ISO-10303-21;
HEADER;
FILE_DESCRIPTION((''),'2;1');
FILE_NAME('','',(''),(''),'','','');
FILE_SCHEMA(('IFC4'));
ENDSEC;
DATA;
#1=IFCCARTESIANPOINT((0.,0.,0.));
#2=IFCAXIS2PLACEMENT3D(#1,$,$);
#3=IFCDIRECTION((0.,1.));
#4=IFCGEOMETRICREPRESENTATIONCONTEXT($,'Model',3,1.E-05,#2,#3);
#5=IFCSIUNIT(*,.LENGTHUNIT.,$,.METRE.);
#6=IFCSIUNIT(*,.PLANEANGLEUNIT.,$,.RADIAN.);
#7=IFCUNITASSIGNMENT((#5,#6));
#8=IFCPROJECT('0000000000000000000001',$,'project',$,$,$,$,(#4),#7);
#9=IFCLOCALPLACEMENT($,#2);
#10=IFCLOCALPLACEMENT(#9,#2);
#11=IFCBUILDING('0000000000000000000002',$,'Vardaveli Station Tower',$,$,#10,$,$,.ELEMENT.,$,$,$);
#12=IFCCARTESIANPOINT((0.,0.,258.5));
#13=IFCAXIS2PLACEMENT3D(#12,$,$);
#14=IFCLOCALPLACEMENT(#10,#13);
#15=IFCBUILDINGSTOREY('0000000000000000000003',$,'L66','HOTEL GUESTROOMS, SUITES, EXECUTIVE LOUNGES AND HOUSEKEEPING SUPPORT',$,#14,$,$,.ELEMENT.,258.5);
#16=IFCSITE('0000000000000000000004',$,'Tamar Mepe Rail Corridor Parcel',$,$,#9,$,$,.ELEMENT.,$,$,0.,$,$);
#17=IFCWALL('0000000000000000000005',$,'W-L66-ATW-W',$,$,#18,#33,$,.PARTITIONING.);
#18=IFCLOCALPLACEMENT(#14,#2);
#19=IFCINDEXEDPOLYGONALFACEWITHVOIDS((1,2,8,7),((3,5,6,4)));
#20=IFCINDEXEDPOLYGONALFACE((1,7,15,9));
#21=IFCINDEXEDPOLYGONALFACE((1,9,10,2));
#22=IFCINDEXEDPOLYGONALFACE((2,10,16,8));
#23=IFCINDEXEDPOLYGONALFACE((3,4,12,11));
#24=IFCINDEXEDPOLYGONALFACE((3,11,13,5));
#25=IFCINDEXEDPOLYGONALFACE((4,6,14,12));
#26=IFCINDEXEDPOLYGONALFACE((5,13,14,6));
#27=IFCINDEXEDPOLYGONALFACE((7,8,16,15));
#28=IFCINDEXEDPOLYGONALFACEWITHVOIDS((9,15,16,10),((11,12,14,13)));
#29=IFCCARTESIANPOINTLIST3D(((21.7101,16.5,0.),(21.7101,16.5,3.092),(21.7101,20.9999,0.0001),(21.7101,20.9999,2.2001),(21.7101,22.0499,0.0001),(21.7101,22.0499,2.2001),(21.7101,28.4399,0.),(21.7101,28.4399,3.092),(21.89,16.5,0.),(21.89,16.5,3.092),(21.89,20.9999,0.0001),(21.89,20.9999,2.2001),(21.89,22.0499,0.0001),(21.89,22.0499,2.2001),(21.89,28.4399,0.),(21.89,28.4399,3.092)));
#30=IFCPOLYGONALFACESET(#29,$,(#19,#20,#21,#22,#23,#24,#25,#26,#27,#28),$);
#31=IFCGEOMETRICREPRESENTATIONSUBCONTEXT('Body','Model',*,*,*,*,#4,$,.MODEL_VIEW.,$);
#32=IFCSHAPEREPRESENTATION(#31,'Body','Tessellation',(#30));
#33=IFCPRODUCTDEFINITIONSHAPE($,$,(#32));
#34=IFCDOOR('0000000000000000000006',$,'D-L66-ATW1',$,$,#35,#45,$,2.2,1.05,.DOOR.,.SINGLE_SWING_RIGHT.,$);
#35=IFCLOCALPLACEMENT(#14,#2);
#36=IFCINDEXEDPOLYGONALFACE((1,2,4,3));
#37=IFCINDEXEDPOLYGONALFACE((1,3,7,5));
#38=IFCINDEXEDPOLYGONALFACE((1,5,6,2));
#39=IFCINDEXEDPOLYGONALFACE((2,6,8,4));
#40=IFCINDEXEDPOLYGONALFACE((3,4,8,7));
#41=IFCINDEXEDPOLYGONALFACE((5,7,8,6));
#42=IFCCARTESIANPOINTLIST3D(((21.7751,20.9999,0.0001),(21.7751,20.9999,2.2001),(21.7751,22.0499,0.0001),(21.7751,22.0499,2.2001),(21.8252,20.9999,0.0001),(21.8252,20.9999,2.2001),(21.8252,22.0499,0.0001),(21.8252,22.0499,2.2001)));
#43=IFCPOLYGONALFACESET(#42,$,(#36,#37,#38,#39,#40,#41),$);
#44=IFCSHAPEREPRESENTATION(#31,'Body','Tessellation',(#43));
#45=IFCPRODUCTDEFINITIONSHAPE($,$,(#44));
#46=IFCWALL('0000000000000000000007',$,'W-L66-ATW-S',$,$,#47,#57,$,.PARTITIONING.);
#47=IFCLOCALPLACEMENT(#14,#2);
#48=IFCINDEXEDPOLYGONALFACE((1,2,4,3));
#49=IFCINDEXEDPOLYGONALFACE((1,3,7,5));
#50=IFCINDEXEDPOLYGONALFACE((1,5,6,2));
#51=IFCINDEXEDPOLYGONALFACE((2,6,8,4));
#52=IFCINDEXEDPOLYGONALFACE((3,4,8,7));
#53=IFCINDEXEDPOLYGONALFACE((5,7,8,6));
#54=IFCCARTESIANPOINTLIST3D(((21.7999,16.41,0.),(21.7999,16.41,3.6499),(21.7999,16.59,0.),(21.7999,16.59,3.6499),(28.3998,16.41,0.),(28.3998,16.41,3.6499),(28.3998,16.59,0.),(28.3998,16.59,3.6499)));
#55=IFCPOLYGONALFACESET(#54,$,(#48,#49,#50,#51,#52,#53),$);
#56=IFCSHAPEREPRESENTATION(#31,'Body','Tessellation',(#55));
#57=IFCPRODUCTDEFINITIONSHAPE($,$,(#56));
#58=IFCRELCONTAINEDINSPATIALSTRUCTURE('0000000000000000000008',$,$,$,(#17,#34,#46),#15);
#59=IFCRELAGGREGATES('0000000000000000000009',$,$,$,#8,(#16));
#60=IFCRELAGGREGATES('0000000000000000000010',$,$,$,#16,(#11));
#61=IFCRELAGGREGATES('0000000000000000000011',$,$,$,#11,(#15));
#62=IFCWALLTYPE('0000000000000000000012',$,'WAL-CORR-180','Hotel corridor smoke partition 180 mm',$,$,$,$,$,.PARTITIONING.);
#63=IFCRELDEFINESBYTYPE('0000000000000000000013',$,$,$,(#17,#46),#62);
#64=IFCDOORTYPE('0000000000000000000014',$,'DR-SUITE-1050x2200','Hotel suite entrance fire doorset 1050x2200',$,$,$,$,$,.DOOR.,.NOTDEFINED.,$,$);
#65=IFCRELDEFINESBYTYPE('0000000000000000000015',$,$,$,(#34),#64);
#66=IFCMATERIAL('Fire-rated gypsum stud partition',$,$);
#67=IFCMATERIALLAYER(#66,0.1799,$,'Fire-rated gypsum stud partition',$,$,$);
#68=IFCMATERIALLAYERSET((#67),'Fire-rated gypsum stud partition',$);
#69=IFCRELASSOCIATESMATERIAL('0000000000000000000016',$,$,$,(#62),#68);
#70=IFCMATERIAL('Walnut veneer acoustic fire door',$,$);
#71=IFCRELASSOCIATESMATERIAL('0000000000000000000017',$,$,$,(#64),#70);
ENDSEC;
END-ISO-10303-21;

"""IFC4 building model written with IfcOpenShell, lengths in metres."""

from ifc_helpers import new_model, si_unit, direction, frame, frame_2d, origin, place, context, subcontext, project, spatial, rectangle, extrude, source, transform, mapped, material, layer, layer_set, type_object, element, fill, save


model = new_model("IFC4")

# Units and contexts
model_context = context("Model", 3, precision=1e-05, world=origin(), true_north=direction((0.0, 1.0)))
body_context = subcontext(model_context, "Body", "Model", "MODEL_VIEW")
ifc_project = project(units=[si_unit("LENGTHUNIT", "METRE"), si_unit("PLANEANGLEUNIT", "RADIAN")], contexts=[model_context])

# Site, building, storey
site_placement = place(None, origin())
site = spatial("IfcSite", under=ifc_project, at=site_placement, Name="Tamar Mepe Rail Corridor Parcel", CompositionType="ELEMENT", RefElevation=0.0)
building_placement = place(site_placement, origin())
building = spatial("IfcBuilding", under=site, at=building_placement, Name="Vardaveli Station Tower", CompositionType="ELEMENT")
storey_placement = place(building_placement, frame((0.0, 0.0, 258.5)))
storey = spatial("IfcBuildingStorey", under=building, at=storey_placement, Name="L66", Description="HOTEL GUESTROOMS, SUITES, EXECUTIVE LOUNGES AND HOUSEKEEPING SUPPORT", CompositionType="ELEMENT", Elevation=258.5)

# Wall, opening, door
ifc_material_1 = material(Name="Fire-rated gypsum stud partition")
ifc_layer_1 = layer(ifc_material_1, 0.1799, Name="Fire-rated gypsum stud partition")
ifc_layer_set_1 = layer_set([ifc_layer_1], Name="Fire-rated gypsum stud partition")
wall_type_1 = type_object("IfcWallType", Name="WAL-CORR-180", Description="Hotel corridor smoke partition 180 mm", PredefinedType="PARTITIONING", material=ifc_layer_set_1)
shared_shape_1 = source(origin(), body_context, "Body", "SweptSolid", [
    extrude(rectangle(XDim=11.9399, YDim=0.1799, at=frame_2d((5.97, 0.0))), origin(), (0.0, 0.0, 1.0), 3.092),
])
wall_1_placement = place(storey_placement, frame((21.8, 16.5, 0.0), z_axis=(0.0, 0.0, 1.0), x_axis=(0.0, 1.0, 0.0)))
wall_1 = element("IfcWall", 1, at=wall_1_placement, inside=storey, type_object=wall_type_1, Name="W-L66-ATW-W", PredefinedType="PARTITIONING", context=body_context, shape_type="MappedRepresentation", body=[
    mapped(shared_shape_1, transform((0.0, 0.0, 0.0), scale=1.0)),
])
shared_shape_2 = source(origin(), body_context, "Body", "SweptSolid", [
    extrude(rectangle(XDim=1.05, YDim=2.2, at=frame_2d((0.5249, 1.1001))), frame((0.0, 0.1001, 0.0), z_axis=(0.0, -1.0, 0.0), x_axis=(1.0, 0.0, 0.0)), (0.0, 0.0, 1.0), 0.2),
])
opening_placement = place(wall_1_placement, frame((4.5, 0.0, 0.0)))
opening = element("IfcOpeningElement", 2, at=opening_placement, cuts=wall_1, PredefinedType="OPENING", context=body_context, shape_type="MappedRepresentation", body=[
    mapped(shared_shape_2, transform((0.0, 0.0, 0.0), scale=1.0)),
])
ifc_material_2 = material(Name="Walnut veneer acoustic fire door")
door_type = type_object("IfcDoorType", Name="DR-SUITE-1050x2200", Description="Hotel suite entrance fire doorset 1050x2200", OperationType="NOTDEFINED", PredefinedType="DOOR", material=ifc_material_2)
shared_shape_3 = source(origin(), body_context, "Body", "SweptSolid", [
    extrude(rectangle(XDim=1.05, YDim=2.2, at=frame_2d((0.5249, 1.1001))), frame((0.0, 0.0249, 0.0), z_axis=(0.0, -1.0, 0.0), x_axis=(1.0, 0.0, 0.0)), (0.0, 0.0, 1.0), 0.05),
])
door_placement = place(opening_placement, origin())
door = element("IfcDoor", 3, at=door_placement, inside=storey, type_object=door_type, Name="D-L66-ATW1", OperationType="SINGLE_SWING_RIGHT", OverallHeight=2.2, OverallWidth=1.05, PredefinedType="DOOR", context=body_context, shape_type="MappedRepresentation", body=[
    mapped(shared_shape_3, transform((0.0, 0.0, 0.0), scale=1.0)),
])
fill(opening, door)

# Wall
shared_shape_4 = source(origin(), body_context, "Body", "SweptSolid", [
    extrude(rectangle(XDim=6.5999, YDim=0.1799, at=frame_2d((3.2998, 0.0))), origin(), (0.0, 0.0, 1.0), 3.6499),
])
wall_2_placement = place(storey_placement, frame((21.8, 16.5, 0.0), z_axis=(0.0, 0.0, 1.0), x_axis=(1.0, 0.0, 0.0)))
element("IfcWall", 4, at=wall_2_placement, inside=storey, type_object=wall_type_1, Name="W-L66-ATW-S", PredefinedType="PARTITIONING", context=body_context, shape_type="MappedRepresentation", body=[
    mapped(shared_shape_4, transform((0.0, 0.0, 0.0), scale=1.0)),
])

save(model, "model.ifc")
